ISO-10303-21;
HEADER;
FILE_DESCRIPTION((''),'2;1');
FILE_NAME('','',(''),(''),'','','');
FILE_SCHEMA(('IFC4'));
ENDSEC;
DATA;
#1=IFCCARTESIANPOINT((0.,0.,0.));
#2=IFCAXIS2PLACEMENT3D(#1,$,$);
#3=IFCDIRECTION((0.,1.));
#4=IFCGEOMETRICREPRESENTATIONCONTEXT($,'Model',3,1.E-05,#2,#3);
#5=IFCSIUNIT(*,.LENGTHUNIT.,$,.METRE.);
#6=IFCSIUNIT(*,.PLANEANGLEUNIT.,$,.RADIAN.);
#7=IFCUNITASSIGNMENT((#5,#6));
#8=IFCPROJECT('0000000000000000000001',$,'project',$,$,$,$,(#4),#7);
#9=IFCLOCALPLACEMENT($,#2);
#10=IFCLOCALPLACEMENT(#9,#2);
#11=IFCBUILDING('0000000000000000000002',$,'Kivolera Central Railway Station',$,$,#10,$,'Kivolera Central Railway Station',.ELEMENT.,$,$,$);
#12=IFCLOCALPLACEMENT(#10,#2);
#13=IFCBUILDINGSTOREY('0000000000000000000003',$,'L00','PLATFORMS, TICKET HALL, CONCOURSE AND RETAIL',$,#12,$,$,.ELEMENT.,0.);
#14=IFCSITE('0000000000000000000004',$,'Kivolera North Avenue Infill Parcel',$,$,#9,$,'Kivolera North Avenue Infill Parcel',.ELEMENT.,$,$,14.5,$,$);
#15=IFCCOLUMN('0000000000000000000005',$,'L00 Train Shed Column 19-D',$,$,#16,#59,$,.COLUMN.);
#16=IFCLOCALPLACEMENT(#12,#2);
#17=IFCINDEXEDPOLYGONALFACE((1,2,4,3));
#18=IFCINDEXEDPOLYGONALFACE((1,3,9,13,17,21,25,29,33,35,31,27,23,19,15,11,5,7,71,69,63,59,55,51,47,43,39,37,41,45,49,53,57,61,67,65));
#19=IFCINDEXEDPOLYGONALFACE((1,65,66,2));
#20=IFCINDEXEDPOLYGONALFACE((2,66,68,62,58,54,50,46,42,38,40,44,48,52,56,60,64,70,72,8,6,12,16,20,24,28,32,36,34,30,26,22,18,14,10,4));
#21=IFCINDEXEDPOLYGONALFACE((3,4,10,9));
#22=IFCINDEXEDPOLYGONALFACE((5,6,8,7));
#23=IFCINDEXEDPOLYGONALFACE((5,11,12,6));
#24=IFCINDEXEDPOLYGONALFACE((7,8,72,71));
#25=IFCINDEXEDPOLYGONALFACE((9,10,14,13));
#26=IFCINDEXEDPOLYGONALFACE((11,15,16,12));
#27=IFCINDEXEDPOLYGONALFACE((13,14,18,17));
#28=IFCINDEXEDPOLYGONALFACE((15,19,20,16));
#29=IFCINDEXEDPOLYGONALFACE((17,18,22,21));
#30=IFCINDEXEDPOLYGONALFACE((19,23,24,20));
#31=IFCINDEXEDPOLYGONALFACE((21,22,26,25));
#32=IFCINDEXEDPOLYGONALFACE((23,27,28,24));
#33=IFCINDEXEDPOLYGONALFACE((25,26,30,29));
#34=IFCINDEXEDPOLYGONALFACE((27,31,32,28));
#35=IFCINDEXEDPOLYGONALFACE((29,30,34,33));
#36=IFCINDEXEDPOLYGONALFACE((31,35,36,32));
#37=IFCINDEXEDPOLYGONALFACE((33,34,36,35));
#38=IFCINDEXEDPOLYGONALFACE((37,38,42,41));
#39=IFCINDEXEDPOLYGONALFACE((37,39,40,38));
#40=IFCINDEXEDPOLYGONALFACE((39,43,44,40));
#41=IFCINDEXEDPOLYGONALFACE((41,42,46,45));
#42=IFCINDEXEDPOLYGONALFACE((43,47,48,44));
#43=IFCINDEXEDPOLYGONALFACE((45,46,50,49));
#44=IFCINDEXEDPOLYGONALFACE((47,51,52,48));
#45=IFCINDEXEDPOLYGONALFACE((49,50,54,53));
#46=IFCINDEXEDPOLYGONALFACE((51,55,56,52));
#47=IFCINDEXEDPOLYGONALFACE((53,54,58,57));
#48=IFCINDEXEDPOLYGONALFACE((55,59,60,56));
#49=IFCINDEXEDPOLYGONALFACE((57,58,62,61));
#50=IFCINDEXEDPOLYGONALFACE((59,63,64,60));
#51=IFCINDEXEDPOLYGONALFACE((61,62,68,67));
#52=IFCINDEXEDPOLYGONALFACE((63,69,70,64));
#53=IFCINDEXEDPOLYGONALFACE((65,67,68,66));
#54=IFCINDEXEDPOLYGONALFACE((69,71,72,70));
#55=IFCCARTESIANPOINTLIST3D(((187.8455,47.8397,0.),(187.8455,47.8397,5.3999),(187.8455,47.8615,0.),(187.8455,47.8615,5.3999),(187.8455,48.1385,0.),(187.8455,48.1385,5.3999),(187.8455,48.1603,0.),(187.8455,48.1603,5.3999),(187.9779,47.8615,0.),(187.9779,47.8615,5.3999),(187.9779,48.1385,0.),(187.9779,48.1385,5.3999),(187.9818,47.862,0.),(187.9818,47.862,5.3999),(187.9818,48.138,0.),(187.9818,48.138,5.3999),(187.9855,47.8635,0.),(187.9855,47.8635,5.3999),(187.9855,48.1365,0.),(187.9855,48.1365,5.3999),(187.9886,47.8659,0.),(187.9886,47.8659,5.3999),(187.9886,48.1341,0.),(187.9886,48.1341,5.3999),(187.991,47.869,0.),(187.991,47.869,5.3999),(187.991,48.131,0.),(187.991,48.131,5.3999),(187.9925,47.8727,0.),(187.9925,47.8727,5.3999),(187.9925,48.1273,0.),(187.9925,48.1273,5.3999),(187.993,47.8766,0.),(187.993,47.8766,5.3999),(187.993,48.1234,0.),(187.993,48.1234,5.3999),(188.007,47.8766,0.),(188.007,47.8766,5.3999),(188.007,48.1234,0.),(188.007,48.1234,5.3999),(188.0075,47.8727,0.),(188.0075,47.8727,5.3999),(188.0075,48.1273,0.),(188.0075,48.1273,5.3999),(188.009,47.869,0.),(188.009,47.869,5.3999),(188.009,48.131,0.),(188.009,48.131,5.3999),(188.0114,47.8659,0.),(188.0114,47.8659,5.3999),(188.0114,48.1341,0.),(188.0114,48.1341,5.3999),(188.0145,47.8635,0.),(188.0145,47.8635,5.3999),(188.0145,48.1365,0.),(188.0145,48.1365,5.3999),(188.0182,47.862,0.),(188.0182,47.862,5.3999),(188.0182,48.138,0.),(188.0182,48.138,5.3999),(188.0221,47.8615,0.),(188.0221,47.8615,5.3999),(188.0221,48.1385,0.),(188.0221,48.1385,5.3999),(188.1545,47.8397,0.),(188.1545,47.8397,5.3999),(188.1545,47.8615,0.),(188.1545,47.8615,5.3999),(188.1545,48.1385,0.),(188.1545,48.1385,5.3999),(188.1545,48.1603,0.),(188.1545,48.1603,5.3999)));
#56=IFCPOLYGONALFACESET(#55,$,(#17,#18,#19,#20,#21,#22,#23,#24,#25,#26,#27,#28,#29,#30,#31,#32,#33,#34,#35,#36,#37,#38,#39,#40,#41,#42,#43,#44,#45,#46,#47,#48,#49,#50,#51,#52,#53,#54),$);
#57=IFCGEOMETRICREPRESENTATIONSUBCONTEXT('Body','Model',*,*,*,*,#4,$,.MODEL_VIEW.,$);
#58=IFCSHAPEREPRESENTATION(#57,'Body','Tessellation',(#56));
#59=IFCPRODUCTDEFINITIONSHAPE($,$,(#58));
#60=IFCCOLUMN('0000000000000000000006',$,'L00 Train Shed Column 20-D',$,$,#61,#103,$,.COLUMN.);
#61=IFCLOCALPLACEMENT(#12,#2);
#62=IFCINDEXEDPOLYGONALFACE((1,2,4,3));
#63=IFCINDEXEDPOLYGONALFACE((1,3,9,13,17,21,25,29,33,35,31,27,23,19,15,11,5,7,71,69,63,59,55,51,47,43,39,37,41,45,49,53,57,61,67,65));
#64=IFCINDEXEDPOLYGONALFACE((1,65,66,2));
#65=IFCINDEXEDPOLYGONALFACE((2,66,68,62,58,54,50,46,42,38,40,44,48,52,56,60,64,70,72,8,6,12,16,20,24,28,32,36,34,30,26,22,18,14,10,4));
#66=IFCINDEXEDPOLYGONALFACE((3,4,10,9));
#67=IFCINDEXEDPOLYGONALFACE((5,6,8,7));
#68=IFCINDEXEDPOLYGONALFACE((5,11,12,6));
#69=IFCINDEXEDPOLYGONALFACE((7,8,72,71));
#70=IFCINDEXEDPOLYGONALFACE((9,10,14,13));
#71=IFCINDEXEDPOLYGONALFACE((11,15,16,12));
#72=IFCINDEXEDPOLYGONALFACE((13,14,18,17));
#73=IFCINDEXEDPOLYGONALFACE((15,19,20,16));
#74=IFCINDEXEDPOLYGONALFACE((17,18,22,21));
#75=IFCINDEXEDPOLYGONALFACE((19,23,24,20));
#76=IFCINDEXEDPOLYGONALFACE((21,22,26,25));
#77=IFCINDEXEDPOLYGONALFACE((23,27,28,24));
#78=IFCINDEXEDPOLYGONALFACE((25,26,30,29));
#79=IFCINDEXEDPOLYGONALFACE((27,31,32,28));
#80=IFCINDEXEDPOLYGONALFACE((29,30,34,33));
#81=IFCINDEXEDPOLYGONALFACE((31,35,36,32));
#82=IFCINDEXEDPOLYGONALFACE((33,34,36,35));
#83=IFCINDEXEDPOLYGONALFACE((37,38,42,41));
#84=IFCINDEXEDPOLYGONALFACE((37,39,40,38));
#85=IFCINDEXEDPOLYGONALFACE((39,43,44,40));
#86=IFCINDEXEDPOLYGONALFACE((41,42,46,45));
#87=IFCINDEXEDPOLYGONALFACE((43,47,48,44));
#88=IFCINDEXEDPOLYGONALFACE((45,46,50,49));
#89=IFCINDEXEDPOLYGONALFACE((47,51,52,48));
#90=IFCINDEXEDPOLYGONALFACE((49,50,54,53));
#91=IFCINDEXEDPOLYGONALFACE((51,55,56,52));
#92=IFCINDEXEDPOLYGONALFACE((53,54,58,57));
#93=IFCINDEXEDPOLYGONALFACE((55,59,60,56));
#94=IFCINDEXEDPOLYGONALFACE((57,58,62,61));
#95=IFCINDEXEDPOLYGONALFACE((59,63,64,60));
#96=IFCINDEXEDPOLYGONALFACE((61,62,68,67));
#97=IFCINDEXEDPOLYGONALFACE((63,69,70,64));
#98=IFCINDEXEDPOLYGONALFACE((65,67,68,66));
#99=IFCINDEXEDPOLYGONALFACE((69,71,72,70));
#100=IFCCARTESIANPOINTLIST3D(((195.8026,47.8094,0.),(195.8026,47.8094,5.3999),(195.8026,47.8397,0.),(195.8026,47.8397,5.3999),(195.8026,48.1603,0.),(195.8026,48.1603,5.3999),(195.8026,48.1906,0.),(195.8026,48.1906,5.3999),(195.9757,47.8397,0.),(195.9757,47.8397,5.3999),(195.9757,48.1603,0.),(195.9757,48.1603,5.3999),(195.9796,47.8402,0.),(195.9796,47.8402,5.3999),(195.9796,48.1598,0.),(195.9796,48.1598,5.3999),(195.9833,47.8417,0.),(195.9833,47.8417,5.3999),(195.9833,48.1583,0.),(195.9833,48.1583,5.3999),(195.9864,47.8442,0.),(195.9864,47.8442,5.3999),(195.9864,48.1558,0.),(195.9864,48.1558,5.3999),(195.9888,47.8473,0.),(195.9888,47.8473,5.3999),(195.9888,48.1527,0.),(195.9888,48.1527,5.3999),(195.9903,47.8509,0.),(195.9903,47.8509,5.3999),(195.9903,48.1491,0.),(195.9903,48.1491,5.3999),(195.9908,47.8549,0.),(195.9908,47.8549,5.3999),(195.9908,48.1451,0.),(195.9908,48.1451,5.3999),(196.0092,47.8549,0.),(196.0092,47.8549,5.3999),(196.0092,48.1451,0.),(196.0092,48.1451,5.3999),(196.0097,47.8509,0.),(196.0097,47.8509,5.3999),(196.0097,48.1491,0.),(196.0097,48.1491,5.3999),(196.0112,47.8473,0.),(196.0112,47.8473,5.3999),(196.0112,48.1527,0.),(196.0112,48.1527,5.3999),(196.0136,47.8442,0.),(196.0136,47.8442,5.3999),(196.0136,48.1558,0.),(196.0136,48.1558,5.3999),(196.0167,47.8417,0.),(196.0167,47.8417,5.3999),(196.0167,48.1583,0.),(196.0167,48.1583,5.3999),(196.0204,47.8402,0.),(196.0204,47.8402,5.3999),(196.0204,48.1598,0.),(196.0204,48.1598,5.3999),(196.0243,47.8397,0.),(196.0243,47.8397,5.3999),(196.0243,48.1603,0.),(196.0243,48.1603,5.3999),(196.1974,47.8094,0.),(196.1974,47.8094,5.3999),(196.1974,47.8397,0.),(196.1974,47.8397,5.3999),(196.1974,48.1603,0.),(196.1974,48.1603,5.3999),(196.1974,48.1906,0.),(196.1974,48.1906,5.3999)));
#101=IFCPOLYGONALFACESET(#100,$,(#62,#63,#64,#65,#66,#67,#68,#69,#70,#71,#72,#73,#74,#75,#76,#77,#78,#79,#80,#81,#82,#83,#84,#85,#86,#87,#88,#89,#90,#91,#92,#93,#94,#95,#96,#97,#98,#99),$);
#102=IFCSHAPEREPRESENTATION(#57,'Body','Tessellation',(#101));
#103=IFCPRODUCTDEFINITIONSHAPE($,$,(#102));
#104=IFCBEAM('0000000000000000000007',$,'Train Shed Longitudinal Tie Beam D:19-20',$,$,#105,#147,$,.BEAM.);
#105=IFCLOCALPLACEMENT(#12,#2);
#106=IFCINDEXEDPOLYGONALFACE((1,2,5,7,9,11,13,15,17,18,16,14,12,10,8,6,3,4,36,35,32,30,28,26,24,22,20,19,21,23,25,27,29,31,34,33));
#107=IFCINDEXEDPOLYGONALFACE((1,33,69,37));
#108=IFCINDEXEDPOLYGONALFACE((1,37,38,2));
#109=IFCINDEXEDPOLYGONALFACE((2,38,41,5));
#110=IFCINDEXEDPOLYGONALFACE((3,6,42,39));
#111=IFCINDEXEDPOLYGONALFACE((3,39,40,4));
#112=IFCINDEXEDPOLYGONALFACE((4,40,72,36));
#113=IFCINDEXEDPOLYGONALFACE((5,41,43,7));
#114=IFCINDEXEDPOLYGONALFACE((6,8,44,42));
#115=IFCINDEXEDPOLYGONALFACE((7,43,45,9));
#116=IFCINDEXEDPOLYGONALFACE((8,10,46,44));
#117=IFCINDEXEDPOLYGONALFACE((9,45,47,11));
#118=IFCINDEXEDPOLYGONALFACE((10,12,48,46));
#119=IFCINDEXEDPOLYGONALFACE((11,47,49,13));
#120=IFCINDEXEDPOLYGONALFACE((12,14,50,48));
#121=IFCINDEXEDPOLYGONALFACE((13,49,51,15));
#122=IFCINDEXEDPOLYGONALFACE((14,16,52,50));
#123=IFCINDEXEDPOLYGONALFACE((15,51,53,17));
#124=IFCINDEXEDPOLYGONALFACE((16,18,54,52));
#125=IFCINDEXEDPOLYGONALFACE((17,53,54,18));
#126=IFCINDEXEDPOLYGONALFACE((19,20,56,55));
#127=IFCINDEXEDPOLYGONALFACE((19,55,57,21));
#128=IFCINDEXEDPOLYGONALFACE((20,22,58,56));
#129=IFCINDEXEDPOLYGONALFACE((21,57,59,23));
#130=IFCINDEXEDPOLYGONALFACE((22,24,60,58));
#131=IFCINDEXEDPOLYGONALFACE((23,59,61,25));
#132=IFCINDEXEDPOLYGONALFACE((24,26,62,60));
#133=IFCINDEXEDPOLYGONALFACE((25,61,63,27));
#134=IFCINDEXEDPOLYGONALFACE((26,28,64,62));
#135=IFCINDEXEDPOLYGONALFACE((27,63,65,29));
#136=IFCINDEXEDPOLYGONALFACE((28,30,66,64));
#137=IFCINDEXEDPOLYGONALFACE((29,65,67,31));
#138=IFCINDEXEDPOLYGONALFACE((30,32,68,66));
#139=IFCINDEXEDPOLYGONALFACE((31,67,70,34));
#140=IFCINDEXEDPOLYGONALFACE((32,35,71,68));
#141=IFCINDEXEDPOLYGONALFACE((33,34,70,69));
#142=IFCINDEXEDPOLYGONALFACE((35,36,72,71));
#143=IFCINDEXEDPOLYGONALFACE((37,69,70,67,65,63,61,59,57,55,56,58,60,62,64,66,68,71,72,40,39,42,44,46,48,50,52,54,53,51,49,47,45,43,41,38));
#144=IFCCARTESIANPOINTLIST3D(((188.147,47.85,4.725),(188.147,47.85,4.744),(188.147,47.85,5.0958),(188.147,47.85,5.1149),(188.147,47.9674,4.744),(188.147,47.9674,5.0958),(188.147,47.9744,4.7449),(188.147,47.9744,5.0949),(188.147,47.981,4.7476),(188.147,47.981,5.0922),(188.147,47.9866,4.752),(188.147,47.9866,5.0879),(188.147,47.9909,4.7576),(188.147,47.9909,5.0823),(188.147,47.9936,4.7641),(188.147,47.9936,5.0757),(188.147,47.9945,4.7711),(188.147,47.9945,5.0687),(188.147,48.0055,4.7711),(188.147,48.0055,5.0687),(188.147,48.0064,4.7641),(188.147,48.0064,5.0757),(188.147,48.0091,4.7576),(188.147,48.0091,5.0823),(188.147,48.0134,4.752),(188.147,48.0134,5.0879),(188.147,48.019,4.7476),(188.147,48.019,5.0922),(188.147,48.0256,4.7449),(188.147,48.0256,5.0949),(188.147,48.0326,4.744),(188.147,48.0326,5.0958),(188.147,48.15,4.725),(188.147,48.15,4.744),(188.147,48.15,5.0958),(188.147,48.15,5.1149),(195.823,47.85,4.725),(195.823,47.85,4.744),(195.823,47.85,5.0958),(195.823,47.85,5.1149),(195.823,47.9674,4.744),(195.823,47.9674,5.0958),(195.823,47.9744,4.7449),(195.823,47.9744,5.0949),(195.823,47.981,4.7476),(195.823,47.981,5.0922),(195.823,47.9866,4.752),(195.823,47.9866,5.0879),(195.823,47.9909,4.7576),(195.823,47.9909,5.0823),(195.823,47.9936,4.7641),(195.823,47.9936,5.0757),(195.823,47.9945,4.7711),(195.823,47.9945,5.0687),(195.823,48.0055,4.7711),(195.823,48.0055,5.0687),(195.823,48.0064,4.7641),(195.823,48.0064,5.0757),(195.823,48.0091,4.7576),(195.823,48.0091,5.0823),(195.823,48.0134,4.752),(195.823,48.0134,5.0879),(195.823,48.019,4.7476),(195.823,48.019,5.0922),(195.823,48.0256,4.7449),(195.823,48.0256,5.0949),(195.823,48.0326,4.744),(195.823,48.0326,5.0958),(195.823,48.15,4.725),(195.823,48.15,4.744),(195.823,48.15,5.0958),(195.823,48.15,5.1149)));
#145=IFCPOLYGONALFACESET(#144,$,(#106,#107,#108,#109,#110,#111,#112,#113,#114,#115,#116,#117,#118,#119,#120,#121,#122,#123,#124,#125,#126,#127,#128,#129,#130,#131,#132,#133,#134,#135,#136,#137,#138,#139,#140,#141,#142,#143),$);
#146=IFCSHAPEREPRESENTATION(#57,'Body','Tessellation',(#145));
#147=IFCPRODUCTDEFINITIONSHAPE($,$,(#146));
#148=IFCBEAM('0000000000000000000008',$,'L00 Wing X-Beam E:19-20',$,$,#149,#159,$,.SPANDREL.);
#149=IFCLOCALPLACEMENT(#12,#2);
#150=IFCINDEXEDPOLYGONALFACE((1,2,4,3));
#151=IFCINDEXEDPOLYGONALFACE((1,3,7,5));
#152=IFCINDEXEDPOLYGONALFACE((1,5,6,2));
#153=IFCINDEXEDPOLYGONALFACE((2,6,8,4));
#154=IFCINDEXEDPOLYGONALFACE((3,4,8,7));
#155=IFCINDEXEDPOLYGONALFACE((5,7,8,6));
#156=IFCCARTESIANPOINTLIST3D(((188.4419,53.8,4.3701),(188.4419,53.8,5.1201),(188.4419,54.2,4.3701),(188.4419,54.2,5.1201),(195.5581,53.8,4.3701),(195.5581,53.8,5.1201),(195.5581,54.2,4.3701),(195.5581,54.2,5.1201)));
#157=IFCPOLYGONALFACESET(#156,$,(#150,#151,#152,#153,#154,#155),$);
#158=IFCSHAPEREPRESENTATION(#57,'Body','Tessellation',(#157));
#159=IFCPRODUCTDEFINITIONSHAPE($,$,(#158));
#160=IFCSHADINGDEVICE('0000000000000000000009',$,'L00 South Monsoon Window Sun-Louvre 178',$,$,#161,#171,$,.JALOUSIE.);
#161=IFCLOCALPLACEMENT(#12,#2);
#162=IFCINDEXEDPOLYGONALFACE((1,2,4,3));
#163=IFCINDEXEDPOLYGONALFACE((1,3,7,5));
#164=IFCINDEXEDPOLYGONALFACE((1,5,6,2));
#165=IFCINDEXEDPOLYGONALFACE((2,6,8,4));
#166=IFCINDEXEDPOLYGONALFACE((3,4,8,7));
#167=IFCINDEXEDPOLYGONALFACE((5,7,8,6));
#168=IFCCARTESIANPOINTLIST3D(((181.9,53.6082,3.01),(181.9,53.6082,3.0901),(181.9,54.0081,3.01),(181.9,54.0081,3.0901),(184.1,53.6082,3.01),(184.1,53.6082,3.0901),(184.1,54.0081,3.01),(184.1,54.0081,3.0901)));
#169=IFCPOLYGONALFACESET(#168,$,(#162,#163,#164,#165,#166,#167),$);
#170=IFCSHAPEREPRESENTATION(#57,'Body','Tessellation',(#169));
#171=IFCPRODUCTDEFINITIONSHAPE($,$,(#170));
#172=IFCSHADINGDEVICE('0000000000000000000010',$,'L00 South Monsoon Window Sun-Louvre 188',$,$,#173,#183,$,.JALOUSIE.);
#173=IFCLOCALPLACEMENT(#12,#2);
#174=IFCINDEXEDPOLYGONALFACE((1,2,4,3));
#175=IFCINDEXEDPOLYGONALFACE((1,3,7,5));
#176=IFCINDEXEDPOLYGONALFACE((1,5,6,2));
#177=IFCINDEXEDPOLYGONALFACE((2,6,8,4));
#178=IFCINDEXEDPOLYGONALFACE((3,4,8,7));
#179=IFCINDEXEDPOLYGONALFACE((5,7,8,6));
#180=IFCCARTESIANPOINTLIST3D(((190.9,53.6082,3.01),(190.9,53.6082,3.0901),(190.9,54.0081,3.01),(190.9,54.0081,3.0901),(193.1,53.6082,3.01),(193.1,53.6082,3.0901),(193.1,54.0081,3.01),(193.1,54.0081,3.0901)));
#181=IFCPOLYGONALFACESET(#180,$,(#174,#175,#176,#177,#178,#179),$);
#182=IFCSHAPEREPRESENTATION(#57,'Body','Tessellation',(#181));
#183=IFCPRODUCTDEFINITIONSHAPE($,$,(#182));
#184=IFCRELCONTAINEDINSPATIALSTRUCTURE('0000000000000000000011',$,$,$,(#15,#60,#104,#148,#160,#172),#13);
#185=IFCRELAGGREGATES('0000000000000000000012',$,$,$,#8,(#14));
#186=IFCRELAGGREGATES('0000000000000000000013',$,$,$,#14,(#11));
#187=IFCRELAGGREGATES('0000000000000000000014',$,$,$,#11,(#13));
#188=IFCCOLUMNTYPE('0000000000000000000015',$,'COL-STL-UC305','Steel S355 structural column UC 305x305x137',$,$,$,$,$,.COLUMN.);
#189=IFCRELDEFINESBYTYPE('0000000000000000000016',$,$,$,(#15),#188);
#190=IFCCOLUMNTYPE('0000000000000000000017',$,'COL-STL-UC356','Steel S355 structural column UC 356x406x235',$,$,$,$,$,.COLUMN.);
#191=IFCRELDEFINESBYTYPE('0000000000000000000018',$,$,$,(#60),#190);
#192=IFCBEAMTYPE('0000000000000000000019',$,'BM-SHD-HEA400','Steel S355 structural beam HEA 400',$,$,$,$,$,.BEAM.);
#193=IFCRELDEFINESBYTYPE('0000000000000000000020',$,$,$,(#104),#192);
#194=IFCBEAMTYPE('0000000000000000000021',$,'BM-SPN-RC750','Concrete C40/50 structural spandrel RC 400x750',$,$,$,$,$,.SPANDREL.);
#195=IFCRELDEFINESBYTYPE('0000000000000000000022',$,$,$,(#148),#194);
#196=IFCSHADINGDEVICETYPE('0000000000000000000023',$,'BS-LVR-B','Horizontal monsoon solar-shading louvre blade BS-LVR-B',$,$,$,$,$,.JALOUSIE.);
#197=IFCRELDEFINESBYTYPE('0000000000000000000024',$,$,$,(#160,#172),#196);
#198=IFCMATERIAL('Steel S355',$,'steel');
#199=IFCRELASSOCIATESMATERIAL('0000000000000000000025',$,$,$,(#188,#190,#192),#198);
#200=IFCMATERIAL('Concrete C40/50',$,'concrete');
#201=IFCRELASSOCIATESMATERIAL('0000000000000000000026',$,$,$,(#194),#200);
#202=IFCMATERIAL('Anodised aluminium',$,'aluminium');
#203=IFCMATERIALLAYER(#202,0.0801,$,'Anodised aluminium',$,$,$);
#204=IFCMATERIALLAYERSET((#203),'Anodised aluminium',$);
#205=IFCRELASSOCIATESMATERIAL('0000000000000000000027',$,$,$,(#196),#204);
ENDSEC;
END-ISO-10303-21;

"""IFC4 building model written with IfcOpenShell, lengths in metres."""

from ifc_helpers import new_model, si_unit, direction, frame, origin, origin_2d, place, context, subcontext, project, spatial, rectangle, i_section, extrude, material, layer, layer_set, material_profile, profile_set, type_object, element, save


model = new_model("IFC4")

# Units and contexts
model_context = context("Model", 3, precision=1e-05, world=origin(), true_north=direction((0.0, 1.0)))
body_context = subcontext(model_context, "Body", "Model", "MODEL_VIEW")
ifc_project = project(units=[si_unit("LENGTHUNIT", "METRE"), si_unit("PLANEANGLEUNIT", "RADIAN")], contexts=[model_context])

# Site, building, storey
site_placement = place(None, origin())
site = spatial("IfcSite", under=ifc_project, at=site_placement, Name="Kivolera North Avenue Infill Parcel", LongName="Kivolera North Avenue Infill Parcel", CompositionType="ELEMENT", RefElevation=14.5)
building_placement = place(site_placement, origin())
building = spatial("IfcBuilding", under=site, at=building_placement, Name="Kivolera Central Railway Station", LongName="Kivolera Central Railway Station", CompositionType="ELEMENT")
storey_placement = place(building_placement, origin())
storey = spatial("IfcBuildingStorey", under=building, at=storey_placement, Name="L00", Description="PLATFORMS, TICKET HALL, CONCOURSE AND RETAIL", CompositionType="ELEMENT", Elevation=0.0)

# Columns
ifc_material_1 = material(Name="Concrete C40/50", Category="concrete")
ifc_material_2 = material(Name="Steel S355", Category="steel")
ifc_material_profile_1 = material_profile(ifc_material_2, i_section(OverallWidth=0.3091, OverallDepth=0.3206, WebThickness=0.0139, FlangeThickness=0.0217, FilletRadius=0.0151, at=origin_2d()), Name="UC 305x305x137")
ifc_profile_set_1 = profile_set([ifc_material_profile_1], Name="Steel S355")
column_type_1 = type_object("IfcColumnType", Name="COL-STL-UC305", Description="Steel S355 structural column UC 305x305x137", PredefinedType="COLUMN", material=ifc_profile_set_1)
column_1_placement = place(storey_placement, frame((188.0, 48.0, 0.0), z_axis=(0.0, 0.0, 1.0), x_axis=(1.0, 0.0, 0.0)))
element("IfcColumn", 1, at=column_1_placement, inside=storey, type_object=column_type_1, Name="L00 Train Shed Column 19-D", PredefinedType="COLUMN", context=body_context, shape_type="SweptSolid", body=[
    extrude(i_section(OverallWidth=0.3091, OverallDepth=0.3206, WebThickness=0.0139, FlangeThickness=0.0217, FilletRadius=0.0151, at=origin_2d()), origin(), (0.0, 0.0, 1.0), 5.3999),
])
ifc_material_profile_2 = material_profile(ifc_material_2, i_section(OverallWidth=0.3948, OverallDepth=0.3811, WebThickness=0.0183, FlangeThickness=0.0303, FilletRadius=0.0151, at=origin_2d()), Name="UC 356x406x235")
ifc_profile_set_2 = profile_set([ifc_material_profile_2], Name="Steel S355")
column_type_2 = type_object("IfcColumnType", Name="COL-STL-UC356", Description="Steel S355 structural column UC 356x406x235", PredefinedType="COLUMN", material=ifc_profile_set_2)
column_2_placement = place(storey_placement, frame((196.0, 48.0, 0.0), z_axis=(0.0, 0.0, 1.0), x_axis=(1.0, 0.0, 0.0)))
element("IfcColumn", 2, at=column_2_placement, inside=storey, type_object=column_type_2, Name="L00 Train Shed Column 20-D", PredefinedType="COLUMN", context=body_context, shape_type="SweptSolid", body=[
    extrude(i_section(OverallWidth=0.3948, OverallDepth=0.3811, WebThickness=0.0183, FlangeThickness=0.0303, FilletRadius=0.0151, at=origin_2d()), origin(), (0.0, 0.0, 1.0), 5.3999),
])

# Beams
ifc_material_profile_3 = material_profile(ifc_material_2, i_section(OverallWidth=0.3, OverallDepth=0.3899, WebThickness=0.011, FlangeThickness=0.019, FilletRadius=0.0271, at=origin_2d()), Name="HEA 400")
ifc_profile_set_3 = profile_set([ifc_material_profile_3], Name="Steel S355")
beam_type_1 = type_object("IfcBeamType", Name="BM-SHD-HEA400", Description="Steel S355 structural beam HEA 400", PredefinedType="BEAM", material=ifc_profile_set_3)
beam_1_placement = place(storey_placement, frame((188.147, 48.0, 4.9199), z_axis=(1.0, 0.0, 0.0), x_axis=(0.0, 1.0, 0.0)))
element("IfcBeam", 3, at=beam_1_placement, inside=storey, type_object=beam_type_1, Name="Train Shed Longitudinal Tie Beam D:19-20", PredefinedType="BEAM", context=body_context, shape_type="SweptSolid", body=[
    extrude(i_section(OverallWidth=0.3, OverallDepth=0.3899, WebThickness=0.011, FlangeThickness=0.019, FilletRadius=0.0271, at=origin_2d()), origin(), (0.0, 0.0, 1.0), 7.676),
])
ifc_material_profile_4 = material_profile(ifc_material_1, rectangle(XDim=0.3999, YDim=0.75, at=origin_2d()), Name="RC 400x750")
ifc_profile_set_4 = profile_set([ifc_material_profile_4], Name="Concrete C40/50")
beam_type_2 = type_object("IfcBeamType", Name="BM-SPN-RC750", Description="Concrete C40/50 structural spandrel RC 400x750", PredefinedType="SPANDREL", material=ifc_profile_set_4)
beam_2_placement = place(storey_placement, frame((188.4419, 54.0, 4.7451), z_axis=(1.0, 0.0, 0.0), x_axis=(0.0, 1.0, 0.0)))
element("IfcBeam", 4, at=beam_2_placement, inside=storey, type_object=beam_type_2, Name="L00 Wing X-Beam E:19-20", PredefinedType="SPANDREL", context=body_context, shape_type="SweptSolid", body=[
    extrude(rectangle(XDim=0.3999, YDim=0.75, at=origin_2d()), origin(), (0.0, 0.0, 1.0), 7.1162),
])

# Shading devices
ifc_material_3 = material(Name="Anodised aluminium", Category="aluminium")
ifc_layer = layer(ifc_material_3, 0.0801, Name="Anodised aluminium")
ifc_layer_set = layer_set([ifc_layer], Name="Anodised aluminium")
shading_device_type = type_object("IfcShadingDeviceType", Name="BS-LVR-B", Description="Horizontal monsoon solar-shading louvre blade BS-LVR-B", PredefinedType="JALOUSIE", material=ifc_layer_set)
for number, where, z_axis, x_axis, name in (
    (5, (183.0, 53.8081, 3.01), (0.0, 0.0, 1.0), (1.0, 0.0, 0.0), "L00 South Monsoon Window Sun-Louvre 178"),
    (6, (192.0, 53.8081, 3.01), (0.0, 0.0, 1.0), (1.0, 0.0, 0.0), "L00 South Monsoon Window Sun-Louvre 188"),
):
    element("IfcShadingDevice", number, at=place(storey_placement, frame(where, z_axis=z_axis, x_axis=x_axis)), inside=storey, type_object=shading_device_type, Name=name, PredefinedType="JALOUSIE", context=body_context, shape_type="SweptSolid", body=[
        extrude(rectangle(XDim=2.2, YDim=0.3999, at=origin_2d()), origin(), (0.0, 0.0, 1.0), 0.0801),
    ])

save(model, "model.ifc")
